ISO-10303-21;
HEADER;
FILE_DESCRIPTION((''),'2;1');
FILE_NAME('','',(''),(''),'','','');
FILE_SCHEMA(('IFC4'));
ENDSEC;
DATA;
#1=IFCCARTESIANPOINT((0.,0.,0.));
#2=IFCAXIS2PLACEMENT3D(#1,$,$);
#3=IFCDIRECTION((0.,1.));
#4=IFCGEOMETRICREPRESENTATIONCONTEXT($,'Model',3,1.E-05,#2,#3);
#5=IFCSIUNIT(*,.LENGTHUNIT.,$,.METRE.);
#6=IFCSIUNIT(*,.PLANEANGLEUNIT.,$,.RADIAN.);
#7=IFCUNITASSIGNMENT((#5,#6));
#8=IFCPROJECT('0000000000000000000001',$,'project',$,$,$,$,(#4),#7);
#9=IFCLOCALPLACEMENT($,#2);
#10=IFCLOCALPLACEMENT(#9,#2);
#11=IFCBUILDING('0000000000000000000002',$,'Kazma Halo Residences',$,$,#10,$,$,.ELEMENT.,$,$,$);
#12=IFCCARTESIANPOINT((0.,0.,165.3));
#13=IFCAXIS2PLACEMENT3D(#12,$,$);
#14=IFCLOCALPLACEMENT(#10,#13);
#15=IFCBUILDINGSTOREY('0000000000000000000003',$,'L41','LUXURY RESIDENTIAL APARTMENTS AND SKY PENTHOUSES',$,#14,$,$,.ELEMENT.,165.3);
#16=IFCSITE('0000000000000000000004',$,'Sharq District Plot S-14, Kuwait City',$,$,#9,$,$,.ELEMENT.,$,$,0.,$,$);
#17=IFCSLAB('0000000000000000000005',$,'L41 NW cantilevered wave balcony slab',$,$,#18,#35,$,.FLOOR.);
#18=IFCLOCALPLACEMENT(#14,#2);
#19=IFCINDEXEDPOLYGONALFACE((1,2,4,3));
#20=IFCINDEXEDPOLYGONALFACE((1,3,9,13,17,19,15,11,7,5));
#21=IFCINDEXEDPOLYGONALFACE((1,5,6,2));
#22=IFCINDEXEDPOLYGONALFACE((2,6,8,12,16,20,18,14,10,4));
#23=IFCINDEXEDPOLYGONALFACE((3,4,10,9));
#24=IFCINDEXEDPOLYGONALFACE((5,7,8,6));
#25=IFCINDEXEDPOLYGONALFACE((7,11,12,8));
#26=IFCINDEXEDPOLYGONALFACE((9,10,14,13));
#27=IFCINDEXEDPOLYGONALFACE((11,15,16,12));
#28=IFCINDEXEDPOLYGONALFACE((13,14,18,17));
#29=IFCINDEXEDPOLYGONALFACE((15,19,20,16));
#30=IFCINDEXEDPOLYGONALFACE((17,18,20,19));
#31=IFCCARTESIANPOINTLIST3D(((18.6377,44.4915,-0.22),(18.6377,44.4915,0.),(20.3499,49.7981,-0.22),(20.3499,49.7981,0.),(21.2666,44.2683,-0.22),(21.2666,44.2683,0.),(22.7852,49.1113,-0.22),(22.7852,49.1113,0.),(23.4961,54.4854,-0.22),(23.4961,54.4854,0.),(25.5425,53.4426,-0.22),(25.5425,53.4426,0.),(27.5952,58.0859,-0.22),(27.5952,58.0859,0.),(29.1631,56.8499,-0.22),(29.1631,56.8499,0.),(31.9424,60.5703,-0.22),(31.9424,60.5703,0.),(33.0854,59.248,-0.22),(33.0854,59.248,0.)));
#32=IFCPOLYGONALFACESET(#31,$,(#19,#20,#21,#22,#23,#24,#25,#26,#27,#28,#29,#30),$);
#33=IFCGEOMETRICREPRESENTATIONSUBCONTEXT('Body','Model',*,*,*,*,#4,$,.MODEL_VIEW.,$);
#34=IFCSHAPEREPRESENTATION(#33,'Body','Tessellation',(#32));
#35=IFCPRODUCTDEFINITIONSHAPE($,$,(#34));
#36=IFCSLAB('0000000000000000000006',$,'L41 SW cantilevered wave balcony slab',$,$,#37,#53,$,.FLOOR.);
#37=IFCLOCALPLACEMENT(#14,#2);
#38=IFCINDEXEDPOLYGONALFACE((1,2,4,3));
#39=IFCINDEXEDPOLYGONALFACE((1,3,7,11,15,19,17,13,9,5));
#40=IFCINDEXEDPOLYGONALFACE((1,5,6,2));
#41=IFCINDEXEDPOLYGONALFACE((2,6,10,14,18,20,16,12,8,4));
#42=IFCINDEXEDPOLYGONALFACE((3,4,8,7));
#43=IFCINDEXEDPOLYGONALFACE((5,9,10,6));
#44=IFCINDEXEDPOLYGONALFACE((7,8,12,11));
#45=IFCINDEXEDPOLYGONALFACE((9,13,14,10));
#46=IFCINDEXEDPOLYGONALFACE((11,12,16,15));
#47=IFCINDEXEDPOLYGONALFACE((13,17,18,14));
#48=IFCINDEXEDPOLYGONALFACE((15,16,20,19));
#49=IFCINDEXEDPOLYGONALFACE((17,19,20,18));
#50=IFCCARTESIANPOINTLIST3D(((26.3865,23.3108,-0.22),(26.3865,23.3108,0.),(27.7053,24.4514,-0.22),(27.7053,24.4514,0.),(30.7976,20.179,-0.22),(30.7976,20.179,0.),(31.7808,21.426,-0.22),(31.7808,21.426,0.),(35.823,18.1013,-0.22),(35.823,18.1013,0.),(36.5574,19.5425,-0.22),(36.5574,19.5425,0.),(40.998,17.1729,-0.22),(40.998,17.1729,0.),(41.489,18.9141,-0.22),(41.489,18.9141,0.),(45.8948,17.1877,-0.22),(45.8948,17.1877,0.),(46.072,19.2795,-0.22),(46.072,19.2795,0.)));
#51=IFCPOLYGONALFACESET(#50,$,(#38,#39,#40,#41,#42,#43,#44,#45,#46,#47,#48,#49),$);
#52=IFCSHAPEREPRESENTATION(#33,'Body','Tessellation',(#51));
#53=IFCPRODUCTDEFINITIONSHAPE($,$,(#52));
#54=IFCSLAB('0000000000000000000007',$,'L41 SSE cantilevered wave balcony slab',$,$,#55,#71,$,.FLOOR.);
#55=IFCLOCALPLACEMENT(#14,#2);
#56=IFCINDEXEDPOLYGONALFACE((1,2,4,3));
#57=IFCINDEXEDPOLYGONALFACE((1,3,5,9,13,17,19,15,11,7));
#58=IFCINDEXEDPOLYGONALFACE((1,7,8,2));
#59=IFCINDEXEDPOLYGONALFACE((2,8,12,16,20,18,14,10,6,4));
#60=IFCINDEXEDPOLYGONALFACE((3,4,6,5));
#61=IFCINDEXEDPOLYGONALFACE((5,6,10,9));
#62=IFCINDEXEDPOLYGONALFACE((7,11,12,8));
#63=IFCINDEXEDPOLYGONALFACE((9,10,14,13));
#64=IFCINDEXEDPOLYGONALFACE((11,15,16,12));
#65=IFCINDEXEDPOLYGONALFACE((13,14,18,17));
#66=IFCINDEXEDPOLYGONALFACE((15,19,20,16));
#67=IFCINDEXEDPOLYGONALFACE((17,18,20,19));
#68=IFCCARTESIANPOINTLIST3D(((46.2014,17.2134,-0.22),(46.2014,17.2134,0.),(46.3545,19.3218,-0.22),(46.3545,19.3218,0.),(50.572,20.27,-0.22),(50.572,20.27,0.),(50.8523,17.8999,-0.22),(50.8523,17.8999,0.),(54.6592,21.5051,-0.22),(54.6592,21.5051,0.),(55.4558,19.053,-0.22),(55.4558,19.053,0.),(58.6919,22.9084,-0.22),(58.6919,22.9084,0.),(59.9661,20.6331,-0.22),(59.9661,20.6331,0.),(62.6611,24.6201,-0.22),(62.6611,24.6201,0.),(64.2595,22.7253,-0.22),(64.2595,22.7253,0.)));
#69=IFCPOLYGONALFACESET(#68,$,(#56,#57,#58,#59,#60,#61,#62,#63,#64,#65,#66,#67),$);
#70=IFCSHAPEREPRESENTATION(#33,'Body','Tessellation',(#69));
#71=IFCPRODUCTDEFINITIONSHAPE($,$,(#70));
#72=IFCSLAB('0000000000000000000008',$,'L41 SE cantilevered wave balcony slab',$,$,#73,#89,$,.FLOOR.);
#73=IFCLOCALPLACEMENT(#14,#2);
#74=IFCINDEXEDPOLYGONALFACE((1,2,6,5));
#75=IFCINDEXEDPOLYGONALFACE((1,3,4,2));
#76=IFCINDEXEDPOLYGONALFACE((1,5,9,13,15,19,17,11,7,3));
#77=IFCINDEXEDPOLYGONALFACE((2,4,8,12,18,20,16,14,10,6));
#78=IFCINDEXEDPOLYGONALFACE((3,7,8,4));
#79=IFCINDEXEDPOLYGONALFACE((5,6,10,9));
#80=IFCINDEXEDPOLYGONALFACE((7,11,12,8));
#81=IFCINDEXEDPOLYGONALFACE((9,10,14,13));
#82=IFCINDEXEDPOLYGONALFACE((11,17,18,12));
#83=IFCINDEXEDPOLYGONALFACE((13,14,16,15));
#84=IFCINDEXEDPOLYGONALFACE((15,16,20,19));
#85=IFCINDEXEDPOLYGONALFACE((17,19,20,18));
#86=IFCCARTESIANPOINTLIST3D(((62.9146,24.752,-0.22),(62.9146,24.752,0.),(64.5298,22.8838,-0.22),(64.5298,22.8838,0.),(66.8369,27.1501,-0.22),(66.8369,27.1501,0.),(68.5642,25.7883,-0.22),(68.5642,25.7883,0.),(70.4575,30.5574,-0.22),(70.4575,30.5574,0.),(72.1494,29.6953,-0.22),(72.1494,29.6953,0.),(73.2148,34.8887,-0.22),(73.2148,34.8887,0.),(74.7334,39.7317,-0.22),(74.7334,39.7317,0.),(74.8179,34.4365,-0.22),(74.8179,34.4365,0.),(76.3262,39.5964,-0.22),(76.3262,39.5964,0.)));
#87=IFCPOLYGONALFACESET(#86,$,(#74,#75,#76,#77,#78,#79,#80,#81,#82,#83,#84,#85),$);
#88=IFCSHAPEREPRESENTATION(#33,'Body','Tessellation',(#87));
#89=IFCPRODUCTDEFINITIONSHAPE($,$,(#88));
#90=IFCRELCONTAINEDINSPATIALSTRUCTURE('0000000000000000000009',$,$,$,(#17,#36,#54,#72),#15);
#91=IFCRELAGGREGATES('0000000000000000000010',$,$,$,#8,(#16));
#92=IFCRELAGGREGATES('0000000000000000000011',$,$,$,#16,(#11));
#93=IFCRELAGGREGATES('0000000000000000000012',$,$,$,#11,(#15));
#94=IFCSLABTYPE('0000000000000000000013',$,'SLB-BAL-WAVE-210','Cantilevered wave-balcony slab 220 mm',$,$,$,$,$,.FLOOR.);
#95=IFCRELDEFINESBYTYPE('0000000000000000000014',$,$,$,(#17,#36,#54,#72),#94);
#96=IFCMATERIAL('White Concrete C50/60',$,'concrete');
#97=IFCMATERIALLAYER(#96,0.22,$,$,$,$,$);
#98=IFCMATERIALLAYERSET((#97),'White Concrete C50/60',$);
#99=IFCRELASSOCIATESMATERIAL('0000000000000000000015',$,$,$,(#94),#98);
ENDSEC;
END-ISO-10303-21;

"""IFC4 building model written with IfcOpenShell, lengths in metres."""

from ifc_helpers import new_model, si_unit, direction, frame, origin, place, context, subcontext, project, spatial, polyline, outline, extrude, material, layer, layer_set, type_object, element, save


model = new_model("IFC4")

# Units and contexts
model_context = context("Model", 3, precision=1e-05, world=origin(), true_north=direction((0.0, 1.0)))
body_context = subcontext(model_context, "Body", "Model", "MODEL_VIEW")
ifc_project = project(units=[si_unit("LENGTHUNIT", "METRE"), si_unit("PLANEANGLEUNIT", "RADIAN")], contexts=[model_context])

# Site, building, storey
site_placement = place(None, origin())
site = spatial("IfcSite", under=ifc_project, at=site_placement, Name="Sharq District Plot S-14, Kuwait City", CompositionType="ELEMENT", RefElevation=0.0)
building_placement = place(site_placement, origin())
building = spatial("IfcBuilding", under=site, at=building_placement, Name="Kazma Halo Residences", CompositionType="ELEMENT")
storey_placement = place(building_placement, frame((0.0, 0.0, 165.3)))
storey = spatial("IfcBuildingStorey", under=building, at=storey_placement, Name="L41", Description="LUXURY RESIDENTIAL APARTMENTS AND SKY PENTHOUSES", CompositionType="ELEMENT", Elevation=165.3)

# Slabs
ifc_material_1 = material(Name="White Concrete C50/60", Category="concrete")
ifc_layer_1 = layer(ifc_material_1, 0.22)
ifc_layer_set_1 = layer_set([ifc_layer_1], Name="White Concrete C50/60")
slab_type_1 = type_object("IfcSlabType", Name="SLB-BAL-WAVE-210", Description="Cantilevered wave-balcony slab 220 mm", PredefinedType="FLOOR", material=ifc_layer_set_1)
slab_1_placement = place(storey_placement, frame((0.0, 0.0, -0.22)))
element("IfcSlab", 1, at=slab_1_placement, inside=storey, type_object=slab_type_1, Name="L41 NW cantilevered wave balcony slab", PredefinedType="FLOOR", context=body_context, shape_type="SweptSolid", body=[
    extrude(outline(polyline([(33.0854, 59.248), (29.1631, 56.8499), (25.5425, 53.4426), (22.7852, 49.1113), (21.2666, 44.2683), (18.6377, 44.4915), (20.3499, 49.7981), (23.4961, 54.4854), (27.5952, 58.0859), (31.9424, 60.5703), (33.0854, 59.248)])), origin(), (0.0, 0.0, 1.0), 0.22),
])
slab_2_placement = place(storey_placement, frame((0.0, 0.0, -0.22)))
element("IfcSlab", 2, at=slab_2_placement, inside=storey, type_object=slab_type_1, Name="L41 SW cantilevered wave balcony slab", PredefinedType="FLOOR", context=body_context, shape_type="SweptSolid", body=[
    extrude(outline(polyline([(27.7053, 24.4514), (31.7808, 21.426), (36.5574, 19.5425), (41.489, 18.9141), (46.072, 19.2795), (45.8948, 17.1877), (40.998, 17.1729), (35.823, 18.1013), (30.7976, 20.179), (26.3865, 23.3108), (27.7053, 24.4514)])), origin(), (0.0, 0.0, 1.0), 0.22),
])
slab_3_placement = place(storey_placement, frame((0.0, 0.0, -0.22)))
element("IfcSlab", 3, at=slab_3_placement, inside=storey, type_object=slab_type_1, Name="L41 SSE cantilevered wave balcony slab", PredefinedType="FLOOR", context=body_context, shape_type="SweptSolid", body=[
    extrude(outline(polyline([(46.3545, 19.3218), (50.572, 20.27), (54.6592, 21.5051), (58.6919, 22.9084), (62.6611, 24.6201), (64.2595, 22.7253), (59.9661, 20.6331), (55.4558, 19.053), (50.8523, 17.8999), (46.2014, 17.2134), (46.3545, 19.3218)])), origin(), (0.0, 0.0, 1.0), 0.22),
])
slab_4_placement = place(storey_placement, frame((0.0, 0.0, -0.22)))
element("IfcSlab", 4, at=slab_4_placement, inside=storey, type_object=slab_type_1, Name="L41 SE cantilevered wave balcony slab", PredefinedType="FLOOR", context=body_context, shape_type="SweptSolid", body=[
    extrude(outline(polyline([(62.9146, 24.752), (66.8369, 27.1501), (70.4575, 30.5574), (73.2148, 34.8887), (74.7334, 39.7317), (76.3262, 39.5964), (74.8179, 34.4365), (72.1494, 29.6953), (68.5642, 25.7883), (64.5298, 22.8838), (62.9146, 24.752)])), origin(), (0.0, 0.0, 1.0), 0.22),
])

save(model, "model.ifc")
